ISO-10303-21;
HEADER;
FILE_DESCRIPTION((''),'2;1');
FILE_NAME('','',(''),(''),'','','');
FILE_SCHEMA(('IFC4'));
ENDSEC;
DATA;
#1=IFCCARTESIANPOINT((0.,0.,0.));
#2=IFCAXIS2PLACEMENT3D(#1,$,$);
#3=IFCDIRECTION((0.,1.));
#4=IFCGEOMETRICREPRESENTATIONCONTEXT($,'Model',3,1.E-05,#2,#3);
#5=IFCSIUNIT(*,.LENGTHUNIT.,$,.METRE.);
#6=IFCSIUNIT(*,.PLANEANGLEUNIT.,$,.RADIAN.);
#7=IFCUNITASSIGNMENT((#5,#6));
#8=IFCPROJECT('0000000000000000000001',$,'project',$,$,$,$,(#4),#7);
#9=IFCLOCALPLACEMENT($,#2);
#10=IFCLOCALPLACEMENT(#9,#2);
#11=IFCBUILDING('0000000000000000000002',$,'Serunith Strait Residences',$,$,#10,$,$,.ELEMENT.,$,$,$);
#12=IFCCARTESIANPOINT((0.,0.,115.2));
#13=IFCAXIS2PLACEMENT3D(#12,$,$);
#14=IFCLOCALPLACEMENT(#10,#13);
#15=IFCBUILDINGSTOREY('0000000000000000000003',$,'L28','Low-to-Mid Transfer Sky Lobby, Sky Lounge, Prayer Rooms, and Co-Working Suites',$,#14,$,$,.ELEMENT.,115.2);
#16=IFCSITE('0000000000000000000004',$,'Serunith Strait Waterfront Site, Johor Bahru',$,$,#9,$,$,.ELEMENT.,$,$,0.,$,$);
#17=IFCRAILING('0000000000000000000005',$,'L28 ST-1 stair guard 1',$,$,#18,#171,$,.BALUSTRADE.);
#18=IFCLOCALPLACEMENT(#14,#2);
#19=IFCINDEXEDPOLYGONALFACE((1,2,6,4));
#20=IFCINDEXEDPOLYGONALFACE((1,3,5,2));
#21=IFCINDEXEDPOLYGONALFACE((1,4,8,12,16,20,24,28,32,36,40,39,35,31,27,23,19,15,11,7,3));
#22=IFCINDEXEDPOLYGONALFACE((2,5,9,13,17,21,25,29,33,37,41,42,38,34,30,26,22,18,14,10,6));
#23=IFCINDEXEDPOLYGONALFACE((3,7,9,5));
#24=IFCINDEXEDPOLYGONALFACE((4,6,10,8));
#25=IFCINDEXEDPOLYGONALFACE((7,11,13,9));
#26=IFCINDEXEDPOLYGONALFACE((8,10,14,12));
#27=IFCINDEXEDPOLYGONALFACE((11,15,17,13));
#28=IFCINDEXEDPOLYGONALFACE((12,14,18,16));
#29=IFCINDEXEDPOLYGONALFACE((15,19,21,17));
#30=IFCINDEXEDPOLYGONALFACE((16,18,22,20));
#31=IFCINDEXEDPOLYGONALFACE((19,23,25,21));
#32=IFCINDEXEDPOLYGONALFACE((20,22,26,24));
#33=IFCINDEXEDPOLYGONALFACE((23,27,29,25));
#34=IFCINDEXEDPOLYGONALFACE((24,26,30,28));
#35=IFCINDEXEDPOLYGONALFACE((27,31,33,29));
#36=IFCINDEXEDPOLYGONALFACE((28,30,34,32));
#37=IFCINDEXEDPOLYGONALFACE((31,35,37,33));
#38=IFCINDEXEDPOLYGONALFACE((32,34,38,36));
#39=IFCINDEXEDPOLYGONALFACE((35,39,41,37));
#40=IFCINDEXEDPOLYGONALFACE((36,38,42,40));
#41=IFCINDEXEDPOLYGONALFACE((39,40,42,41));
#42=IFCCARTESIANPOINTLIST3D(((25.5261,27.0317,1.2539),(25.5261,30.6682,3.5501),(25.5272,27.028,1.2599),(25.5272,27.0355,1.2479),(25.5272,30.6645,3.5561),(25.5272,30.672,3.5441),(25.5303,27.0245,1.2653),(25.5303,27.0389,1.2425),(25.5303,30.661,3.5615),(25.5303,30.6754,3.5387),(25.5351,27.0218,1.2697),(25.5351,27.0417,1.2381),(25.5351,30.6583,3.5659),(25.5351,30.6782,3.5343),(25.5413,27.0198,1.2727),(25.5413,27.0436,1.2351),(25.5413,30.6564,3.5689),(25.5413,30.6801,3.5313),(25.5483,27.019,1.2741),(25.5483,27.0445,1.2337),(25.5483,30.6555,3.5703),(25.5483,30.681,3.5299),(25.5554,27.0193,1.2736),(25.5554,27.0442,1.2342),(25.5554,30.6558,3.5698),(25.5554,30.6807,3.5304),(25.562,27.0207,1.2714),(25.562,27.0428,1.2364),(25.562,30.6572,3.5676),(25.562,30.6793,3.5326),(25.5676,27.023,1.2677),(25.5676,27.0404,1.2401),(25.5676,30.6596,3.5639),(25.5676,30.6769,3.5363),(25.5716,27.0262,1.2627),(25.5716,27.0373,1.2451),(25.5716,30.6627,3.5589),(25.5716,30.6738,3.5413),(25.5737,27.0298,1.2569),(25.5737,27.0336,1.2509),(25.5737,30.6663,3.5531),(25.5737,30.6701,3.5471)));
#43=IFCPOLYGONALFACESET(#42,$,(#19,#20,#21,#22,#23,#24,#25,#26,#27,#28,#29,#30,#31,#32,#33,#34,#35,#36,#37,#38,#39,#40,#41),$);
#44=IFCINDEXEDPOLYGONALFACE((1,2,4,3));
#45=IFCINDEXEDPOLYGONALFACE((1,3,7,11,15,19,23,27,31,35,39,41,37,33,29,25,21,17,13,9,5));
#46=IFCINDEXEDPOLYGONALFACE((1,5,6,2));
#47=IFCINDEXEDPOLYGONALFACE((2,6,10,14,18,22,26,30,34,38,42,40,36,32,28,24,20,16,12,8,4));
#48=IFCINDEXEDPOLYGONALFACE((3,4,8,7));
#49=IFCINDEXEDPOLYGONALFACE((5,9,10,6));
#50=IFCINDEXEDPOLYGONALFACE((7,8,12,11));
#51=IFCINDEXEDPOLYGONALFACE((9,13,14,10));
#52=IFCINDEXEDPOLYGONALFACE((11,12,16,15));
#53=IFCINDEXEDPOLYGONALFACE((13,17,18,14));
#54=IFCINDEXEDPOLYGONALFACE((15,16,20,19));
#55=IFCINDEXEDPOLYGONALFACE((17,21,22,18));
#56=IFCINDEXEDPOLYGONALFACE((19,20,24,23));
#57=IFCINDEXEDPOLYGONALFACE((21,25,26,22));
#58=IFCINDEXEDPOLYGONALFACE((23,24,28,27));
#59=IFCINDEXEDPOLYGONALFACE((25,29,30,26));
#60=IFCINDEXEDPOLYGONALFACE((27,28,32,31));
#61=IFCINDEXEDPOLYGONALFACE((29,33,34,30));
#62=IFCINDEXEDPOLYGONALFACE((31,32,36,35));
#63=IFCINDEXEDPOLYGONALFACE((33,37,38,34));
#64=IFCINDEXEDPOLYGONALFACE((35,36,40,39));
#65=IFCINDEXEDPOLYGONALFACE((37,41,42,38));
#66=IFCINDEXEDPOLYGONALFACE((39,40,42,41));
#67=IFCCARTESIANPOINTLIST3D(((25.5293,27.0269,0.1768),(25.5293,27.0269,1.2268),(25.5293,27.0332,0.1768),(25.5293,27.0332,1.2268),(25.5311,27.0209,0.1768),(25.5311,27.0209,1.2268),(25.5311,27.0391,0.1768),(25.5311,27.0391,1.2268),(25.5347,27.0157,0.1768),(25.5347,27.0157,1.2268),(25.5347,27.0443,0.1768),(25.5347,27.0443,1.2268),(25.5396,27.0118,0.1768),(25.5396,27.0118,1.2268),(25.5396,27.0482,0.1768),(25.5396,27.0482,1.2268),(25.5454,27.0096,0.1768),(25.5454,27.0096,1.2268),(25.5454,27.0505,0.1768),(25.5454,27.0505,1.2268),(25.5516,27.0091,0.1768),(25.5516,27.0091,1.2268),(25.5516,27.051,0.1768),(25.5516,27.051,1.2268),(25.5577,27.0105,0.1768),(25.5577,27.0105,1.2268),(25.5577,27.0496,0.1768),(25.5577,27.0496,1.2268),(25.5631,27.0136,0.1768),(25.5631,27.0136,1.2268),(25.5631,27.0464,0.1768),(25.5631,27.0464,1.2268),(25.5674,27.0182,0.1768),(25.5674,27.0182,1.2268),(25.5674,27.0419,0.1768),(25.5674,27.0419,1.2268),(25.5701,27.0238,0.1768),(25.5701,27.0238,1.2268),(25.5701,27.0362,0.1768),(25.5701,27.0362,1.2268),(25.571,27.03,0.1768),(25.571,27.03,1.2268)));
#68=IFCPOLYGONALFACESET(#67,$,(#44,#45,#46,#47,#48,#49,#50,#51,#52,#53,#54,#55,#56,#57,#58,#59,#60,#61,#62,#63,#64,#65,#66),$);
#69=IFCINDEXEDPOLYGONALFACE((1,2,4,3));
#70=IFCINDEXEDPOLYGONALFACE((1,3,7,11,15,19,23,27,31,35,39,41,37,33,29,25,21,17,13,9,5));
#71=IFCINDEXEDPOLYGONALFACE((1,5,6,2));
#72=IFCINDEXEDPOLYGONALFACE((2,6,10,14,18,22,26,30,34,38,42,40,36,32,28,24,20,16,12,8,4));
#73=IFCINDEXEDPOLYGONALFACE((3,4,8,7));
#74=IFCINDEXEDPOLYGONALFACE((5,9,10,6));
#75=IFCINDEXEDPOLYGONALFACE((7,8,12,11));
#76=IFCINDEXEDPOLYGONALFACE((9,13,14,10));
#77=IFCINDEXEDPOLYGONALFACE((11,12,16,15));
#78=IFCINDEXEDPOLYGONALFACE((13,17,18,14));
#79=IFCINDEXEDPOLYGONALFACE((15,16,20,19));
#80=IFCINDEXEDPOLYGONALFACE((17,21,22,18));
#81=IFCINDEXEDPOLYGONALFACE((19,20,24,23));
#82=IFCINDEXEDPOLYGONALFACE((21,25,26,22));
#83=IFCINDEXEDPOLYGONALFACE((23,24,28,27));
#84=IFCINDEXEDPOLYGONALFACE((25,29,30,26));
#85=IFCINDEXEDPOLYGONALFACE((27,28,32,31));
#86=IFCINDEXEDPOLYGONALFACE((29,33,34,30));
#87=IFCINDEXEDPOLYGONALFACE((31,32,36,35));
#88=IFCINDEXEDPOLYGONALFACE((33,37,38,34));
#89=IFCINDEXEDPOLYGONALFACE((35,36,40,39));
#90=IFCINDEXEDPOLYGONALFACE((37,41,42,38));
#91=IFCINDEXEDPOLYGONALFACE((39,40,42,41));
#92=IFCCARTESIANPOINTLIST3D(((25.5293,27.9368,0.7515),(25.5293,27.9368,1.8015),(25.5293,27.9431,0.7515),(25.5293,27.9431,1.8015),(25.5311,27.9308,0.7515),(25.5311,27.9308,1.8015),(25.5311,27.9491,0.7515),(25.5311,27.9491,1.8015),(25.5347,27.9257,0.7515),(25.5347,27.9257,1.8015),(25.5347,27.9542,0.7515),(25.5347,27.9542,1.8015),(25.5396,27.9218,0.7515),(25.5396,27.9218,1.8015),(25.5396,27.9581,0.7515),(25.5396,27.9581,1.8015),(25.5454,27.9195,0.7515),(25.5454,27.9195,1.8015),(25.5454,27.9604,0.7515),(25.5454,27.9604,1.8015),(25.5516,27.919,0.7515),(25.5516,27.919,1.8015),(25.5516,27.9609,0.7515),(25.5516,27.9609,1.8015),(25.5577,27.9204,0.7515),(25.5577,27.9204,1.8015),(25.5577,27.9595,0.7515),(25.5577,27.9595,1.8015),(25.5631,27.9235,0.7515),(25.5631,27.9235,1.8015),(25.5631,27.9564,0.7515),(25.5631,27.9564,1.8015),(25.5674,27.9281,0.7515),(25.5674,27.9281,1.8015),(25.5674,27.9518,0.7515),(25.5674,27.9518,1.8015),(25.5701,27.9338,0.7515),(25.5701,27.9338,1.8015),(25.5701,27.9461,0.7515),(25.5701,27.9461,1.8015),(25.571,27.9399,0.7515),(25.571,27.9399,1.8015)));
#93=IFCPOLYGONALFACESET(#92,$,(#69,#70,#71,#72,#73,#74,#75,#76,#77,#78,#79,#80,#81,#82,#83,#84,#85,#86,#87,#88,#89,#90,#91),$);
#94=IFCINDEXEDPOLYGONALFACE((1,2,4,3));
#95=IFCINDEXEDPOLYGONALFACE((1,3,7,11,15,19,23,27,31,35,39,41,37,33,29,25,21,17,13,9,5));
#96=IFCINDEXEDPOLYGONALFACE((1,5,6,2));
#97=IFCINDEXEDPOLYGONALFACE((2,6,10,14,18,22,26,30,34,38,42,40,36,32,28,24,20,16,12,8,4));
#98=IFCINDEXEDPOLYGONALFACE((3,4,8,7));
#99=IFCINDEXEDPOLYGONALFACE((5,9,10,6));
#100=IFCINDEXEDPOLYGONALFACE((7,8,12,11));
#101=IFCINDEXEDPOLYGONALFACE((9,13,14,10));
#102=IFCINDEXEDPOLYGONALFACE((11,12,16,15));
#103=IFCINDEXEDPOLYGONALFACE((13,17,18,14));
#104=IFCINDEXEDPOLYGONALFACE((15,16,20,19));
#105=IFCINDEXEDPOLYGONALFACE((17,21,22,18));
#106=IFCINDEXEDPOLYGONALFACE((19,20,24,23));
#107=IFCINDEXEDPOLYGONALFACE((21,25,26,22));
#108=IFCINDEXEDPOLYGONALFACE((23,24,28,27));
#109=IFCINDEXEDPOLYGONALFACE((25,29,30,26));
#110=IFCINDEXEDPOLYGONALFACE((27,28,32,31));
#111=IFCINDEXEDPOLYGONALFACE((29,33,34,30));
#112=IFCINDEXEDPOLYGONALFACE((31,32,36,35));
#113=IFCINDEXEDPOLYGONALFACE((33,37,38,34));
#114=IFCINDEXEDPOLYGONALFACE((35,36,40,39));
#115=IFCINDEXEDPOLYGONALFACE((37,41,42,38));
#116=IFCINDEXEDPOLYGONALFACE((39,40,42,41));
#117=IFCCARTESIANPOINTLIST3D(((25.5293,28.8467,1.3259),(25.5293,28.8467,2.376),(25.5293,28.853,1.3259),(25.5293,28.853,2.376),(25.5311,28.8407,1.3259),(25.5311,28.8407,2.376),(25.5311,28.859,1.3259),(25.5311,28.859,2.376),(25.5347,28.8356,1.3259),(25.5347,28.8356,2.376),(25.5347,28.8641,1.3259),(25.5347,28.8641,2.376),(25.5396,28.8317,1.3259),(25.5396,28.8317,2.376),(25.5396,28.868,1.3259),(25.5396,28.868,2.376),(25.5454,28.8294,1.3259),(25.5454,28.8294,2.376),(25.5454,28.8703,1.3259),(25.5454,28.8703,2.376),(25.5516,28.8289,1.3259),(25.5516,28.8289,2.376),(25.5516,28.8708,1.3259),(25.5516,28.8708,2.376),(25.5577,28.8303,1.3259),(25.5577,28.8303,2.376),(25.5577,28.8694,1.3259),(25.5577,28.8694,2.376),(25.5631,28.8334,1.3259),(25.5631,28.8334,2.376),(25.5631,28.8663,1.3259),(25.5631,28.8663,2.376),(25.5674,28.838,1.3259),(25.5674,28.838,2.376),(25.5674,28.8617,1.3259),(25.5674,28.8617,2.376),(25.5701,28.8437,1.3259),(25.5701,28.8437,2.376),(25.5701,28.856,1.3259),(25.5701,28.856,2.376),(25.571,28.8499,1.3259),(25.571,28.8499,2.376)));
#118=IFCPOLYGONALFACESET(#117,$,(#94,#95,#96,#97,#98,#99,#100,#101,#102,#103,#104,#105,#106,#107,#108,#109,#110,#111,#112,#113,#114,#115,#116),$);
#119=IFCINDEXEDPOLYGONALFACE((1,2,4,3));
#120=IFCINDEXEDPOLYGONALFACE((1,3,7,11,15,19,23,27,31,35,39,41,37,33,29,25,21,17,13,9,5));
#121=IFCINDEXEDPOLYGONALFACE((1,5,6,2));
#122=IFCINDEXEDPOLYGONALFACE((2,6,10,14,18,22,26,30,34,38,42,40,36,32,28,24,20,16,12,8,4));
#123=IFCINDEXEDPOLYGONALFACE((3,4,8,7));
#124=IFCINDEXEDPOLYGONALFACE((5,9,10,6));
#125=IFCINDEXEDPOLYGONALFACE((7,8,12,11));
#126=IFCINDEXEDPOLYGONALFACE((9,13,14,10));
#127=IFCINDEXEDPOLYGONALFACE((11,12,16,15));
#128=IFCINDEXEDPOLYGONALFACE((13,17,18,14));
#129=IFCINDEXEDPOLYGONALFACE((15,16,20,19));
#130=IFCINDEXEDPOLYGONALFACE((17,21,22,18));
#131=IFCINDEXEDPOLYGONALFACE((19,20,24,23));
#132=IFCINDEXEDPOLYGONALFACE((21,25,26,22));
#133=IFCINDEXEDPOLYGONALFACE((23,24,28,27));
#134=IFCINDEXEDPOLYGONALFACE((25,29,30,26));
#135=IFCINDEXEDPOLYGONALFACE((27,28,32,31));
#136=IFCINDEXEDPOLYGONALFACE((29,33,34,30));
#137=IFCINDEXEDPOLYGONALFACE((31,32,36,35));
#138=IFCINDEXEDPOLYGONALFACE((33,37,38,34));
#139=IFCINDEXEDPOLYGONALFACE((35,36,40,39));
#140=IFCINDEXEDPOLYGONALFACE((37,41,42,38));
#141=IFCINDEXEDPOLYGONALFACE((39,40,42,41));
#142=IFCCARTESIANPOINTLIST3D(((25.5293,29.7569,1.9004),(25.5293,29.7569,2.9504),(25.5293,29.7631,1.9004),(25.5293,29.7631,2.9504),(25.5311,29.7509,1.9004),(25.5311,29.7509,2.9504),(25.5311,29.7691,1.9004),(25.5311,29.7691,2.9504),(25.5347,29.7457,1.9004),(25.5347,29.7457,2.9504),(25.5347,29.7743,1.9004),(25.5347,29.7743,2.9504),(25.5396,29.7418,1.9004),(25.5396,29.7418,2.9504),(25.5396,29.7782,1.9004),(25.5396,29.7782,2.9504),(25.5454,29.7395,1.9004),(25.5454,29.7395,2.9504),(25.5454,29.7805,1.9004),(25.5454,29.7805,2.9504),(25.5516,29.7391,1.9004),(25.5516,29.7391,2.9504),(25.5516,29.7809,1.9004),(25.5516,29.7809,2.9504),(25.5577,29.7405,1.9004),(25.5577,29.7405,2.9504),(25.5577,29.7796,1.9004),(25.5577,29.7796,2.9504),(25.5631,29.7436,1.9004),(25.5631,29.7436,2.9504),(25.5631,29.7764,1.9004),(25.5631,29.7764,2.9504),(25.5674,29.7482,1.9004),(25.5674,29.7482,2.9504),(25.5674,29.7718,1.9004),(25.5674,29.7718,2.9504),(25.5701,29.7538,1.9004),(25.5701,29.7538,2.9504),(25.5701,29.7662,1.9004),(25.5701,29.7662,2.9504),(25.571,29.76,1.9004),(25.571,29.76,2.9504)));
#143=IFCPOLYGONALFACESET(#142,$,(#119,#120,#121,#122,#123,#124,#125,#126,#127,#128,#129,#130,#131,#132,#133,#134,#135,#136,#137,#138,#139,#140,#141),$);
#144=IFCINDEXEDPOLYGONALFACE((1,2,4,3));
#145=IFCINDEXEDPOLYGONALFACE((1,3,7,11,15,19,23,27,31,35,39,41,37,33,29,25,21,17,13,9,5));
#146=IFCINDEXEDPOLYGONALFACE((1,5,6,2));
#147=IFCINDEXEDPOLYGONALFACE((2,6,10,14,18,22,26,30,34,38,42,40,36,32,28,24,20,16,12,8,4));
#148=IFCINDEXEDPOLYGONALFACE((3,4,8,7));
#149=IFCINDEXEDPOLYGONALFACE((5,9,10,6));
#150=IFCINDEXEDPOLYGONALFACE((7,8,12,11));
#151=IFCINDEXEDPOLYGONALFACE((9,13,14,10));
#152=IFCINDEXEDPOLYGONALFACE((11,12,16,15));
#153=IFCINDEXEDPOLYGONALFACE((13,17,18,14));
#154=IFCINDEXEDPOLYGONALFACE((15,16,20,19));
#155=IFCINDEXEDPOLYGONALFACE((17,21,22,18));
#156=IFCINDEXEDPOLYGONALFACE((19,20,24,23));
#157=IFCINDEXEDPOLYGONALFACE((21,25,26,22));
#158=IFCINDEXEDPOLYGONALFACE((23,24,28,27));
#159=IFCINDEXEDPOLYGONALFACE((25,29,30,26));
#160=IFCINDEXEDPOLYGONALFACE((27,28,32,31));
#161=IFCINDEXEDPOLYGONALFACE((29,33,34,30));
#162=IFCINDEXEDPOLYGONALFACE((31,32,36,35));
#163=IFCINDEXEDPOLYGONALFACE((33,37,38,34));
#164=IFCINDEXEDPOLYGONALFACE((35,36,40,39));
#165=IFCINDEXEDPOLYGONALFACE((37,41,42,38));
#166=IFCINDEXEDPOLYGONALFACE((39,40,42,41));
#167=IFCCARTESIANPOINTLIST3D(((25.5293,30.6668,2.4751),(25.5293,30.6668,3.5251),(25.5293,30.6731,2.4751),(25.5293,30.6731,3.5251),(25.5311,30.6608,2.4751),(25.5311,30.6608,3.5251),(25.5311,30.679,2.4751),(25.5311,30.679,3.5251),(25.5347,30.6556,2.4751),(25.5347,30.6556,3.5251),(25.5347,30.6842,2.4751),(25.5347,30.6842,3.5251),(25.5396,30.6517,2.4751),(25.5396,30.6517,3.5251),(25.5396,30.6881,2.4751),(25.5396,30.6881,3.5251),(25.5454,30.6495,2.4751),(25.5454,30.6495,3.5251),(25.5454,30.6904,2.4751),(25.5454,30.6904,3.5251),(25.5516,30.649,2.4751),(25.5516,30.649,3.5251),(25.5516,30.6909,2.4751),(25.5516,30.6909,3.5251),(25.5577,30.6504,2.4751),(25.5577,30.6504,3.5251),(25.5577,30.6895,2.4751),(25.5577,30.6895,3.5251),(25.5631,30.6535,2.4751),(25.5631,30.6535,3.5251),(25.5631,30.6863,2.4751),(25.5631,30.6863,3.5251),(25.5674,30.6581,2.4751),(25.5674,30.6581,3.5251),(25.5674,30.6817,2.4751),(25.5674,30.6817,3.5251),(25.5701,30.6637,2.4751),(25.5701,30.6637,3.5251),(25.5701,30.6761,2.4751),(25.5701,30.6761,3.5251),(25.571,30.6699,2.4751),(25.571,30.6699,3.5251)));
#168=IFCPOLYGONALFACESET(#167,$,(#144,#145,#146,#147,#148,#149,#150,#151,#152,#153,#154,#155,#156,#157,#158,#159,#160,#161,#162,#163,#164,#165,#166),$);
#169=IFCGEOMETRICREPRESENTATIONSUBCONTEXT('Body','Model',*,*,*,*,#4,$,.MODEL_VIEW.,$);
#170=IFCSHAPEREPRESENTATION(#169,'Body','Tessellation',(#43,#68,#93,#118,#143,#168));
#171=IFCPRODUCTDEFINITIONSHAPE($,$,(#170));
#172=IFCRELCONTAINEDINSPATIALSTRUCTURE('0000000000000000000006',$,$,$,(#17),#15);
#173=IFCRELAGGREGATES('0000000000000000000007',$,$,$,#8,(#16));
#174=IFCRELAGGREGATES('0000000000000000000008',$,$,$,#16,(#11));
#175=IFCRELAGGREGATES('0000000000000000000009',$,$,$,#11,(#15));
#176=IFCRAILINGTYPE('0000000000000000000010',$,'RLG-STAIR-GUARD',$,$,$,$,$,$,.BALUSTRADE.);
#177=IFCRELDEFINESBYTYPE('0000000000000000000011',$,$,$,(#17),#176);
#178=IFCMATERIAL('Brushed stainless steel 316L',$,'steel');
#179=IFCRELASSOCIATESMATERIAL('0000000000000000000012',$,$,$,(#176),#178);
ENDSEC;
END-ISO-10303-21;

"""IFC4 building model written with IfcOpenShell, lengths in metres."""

from ifc_helpers import new_model, si_unit, direction, frame, origin, origin_2d, place, context, subcontext, project, spatial, circle, extrude, material, type_object, element, save


model = new_model("IFC4")

# Units and contexts
model_context = context("Model", 3, precision=1e-05, world=origin(), true_north=direction((0.0, 1.0)))
body_context = subcontext(model_context, "Body", "Model", "MODEL_VIEW")
ifc_project = project(units=[si_unit("LENGTHUNIT", "METRE"), si_unit("PLANEANGLEUNIT", "RADIAN")], contexts=[model_context])

# Site, building, storey
site_placement = place(None, origin())
site = spatial("IfcSite", under=ifc_project, at=site_placement, Name="Serunith Strait Waterfront Site, Johor Bahru", CompositionType="ELEMENT", RefElevation=0.0)
building_placement = place(site_placement, origin())
building = spatial("IfcBuilding", under=site, at=building_placement, Name="Serunith Strait Residences", CompositionType="ELEMENT")
storey_placement = place(building_placement, frame((0.0, 0.0, 115.2)))
storey = spatial("IfcBuildingStorey", under=building, at=storey_placement, Name="L28", Description="Low-to-Mid Transfer Sky Lobby, Sky Lounge, Prayer Rooms, and Co-Working Suites", CompositionType="ELEMENT", Elevation=115.2)

# Railing
ifc_material_1 = material(Name="Brushed stainless steel 316L", Category="steel")
railing_type_1 = type_object("IfcRailingType", Name="RLG-STAIR-GUARD", PredefinedType="BALUSTRADE", material=ifc_material_1)
railing_1_placement = place(storey_placement, frame((25.55, 27.03, 0.1768)))
element("IfcRailing", 1, at=railing_1_placement, inside=storey, type_object=railing_type_1, Name="L28 ST-1 stair guard 1", PredefinedType="BALUSTRADE", context=body_context, shape_type="SweptSolid", body=[
    extrude(circle(Radius=0.0239, at=origin_2d()), frame((0.0, 0.0017, 1.0771), z_axis=(0.0, 0.845545, 0.533903), x_axis=(-1.0, 0.0, 0.0)), (0.0, 0.0, 1.0), 4.3008),
    extrude(circle(Radius=0.021, at=origin_2d()), origin(), (0.0, 0.0, 1.0), 1.05),
    extrude(circle(Radius=0.021, at=origin_2d()), frame((0.0, 0.9099, 0.5747)), (0.0, 0.0, 1.0), 1.05),
    extrude(circle(Radius=0.021, at=origin_2d()), frame((0.0, 1.8198, 1.1492)), (0.0, 0.0, 1.0), 1.05),
    extrude(circle(Radius=0.021, at=origin_2d()), frame((0.0, 2.73, 1.7236)), (0.0, 0.0, 1.0), 1.05),
    extrude(circle(Radius=0.021, at=origin_2d()), frame((0.0, 3.6399, 2.2983)), (0.0, 0.0, 1.0), 1.05),
])

save(model, "model.ifc")
